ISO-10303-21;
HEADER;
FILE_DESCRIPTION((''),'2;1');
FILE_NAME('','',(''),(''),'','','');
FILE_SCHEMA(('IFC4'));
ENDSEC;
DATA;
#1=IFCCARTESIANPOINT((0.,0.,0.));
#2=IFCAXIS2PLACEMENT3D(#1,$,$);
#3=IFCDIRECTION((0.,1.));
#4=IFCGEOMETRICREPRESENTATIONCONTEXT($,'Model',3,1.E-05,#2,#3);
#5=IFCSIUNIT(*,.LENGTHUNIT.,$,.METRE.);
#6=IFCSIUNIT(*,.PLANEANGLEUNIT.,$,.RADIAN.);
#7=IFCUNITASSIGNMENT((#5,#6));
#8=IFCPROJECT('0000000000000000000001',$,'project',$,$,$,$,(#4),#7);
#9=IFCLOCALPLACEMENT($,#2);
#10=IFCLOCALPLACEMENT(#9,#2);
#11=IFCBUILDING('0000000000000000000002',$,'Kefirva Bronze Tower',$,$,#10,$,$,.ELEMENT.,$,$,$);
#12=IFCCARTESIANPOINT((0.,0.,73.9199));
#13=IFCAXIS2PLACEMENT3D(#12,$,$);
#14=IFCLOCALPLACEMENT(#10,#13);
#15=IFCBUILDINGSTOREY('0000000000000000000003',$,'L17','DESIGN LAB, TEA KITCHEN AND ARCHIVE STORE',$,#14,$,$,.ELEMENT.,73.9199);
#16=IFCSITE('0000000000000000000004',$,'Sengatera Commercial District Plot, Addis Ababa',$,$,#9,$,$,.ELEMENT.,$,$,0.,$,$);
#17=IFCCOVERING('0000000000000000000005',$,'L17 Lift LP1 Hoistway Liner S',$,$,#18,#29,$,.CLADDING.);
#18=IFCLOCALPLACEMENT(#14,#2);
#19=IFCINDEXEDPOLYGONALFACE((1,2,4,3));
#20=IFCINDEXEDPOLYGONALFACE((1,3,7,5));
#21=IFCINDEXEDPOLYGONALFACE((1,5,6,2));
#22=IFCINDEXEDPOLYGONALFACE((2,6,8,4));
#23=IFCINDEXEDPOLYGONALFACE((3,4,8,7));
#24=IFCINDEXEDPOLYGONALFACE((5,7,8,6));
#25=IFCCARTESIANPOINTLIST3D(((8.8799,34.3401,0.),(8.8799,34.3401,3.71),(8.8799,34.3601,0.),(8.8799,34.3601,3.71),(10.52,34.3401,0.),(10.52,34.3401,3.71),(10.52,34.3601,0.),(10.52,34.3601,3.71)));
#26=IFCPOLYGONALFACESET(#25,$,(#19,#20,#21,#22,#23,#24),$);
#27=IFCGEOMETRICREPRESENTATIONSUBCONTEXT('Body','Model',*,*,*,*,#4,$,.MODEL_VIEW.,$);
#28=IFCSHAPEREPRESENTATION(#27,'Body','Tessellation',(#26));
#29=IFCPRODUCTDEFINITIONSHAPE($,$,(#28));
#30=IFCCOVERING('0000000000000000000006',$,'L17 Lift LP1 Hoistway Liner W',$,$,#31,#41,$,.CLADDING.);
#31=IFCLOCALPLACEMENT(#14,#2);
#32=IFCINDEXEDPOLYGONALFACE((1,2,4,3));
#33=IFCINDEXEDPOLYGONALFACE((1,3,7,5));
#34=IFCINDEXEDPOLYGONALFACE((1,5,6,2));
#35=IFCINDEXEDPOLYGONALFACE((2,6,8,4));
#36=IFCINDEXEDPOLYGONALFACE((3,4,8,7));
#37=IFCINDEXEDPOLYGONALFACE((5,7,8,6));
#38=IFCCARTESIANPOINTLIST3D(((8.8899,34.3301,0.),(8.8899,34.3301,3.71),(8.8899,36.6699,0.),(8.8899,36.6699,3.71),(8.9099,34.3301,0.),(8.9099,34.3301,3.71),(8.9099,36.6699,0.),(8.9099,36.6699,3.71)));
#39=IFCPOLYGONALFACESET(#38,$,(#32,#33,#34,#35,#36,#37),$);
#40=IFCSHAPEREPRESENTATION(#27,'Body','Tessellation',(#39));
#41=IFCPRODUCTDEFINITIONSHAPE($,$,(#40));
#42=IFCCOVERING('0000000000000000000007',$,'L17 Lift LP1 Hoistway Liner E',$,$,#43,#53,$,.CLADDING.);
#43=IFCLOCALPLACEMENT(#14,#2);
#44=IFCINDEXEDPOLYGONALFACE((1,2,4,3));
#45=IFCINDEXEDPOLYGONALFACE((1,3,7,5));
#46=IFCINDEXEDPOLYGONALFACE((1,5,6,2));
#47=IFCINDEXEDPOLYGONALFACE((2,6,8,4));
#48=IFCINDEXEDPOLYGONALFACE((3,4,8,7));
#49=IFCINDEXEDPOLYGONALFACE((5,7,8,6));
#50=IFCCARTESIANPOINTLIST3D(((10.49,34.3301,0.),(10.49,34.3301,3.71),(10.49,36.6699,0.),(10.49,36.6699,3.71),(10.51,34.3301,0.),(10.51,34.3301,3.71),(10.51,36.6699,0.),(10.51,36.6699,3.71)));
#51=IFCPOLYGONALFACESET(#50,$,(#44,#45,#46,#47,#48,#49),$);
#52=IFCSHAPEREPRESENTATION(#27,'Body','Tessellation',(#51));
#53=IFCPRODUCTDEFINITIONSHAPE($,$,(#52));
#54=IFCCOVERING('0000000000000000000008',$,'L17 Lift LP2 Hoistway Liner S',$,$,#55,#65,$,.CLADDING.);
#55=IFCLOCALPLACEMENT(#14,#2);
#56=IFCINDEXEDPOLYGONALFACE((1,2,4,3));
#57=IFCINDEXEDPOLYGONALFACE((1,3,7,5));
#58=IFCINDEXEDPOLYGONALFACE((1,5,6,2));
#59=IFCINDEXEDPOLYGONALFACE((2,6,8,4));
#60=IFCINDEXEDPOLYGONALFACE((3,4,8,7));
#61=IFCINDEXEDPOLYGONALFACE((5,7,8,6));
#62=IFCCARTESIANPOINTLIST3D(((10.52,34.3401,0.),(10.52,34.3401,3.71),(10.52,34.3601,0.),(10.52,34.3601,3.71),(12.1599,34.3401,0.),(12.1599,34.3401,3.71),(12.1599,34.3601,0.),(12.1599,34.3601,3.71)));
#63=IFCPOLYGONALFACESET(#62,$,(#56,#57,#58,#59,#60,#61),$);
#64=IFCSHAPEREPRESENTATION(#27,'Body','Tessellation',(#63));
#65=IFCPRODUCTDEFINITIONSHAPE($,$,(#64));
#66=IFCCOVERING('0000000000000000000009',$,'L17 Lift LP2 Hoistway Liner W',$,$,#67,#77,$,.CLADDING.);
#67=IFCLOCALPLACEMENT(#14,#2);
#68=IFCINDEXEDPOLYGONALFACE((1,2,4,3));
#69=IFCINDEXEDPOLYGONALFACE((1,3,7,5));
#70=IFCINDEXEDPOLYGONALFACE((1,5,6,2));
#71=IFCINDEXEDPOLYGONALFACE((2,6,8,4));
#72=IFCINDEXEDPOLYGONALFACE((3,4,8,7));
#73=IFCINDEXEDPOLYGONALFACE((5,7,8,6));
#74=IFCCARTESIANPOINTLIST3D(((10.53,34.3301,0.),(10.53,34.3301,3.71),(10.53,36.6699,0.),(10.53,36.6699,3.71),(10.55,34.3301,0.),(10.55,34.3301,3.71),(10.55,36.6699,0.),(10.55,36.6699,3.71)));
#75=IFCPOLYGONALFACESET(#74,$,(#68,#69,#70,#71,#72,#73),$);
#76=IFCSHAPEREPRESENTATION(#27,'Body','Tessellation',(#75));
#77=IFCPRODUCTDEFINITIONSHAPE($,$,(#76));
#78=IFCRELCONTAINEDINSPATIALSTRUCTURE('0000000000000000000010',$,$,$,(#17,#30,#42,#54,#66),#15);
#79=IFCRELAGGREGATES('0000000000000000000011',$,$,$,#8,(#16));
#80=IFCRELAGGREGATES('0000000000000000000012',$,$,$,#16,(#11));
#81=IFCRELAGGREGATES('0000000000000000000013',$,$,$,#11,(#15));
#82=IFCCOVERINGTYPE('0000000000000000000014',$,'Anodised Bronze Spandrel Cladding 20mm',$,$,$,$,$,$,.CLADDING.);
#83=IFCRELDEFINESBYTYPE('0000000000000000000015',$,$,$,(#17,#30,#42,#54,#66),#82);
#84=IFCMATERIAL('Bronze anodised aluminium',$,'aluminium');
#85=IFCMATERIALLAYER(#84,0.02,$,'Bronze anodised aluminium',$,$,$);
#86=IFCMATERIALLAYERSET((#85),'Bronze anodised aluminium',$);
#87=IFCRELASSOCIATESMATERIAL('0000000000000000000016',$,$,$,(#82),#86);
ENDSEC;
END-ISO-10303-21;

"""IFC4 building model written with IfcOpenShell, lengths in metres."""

from ifc_helpers import new_model, si_unit, direction, frame, origin, place, context, subcontext, project, spatial, polyline, outline, extrude, material, layer, layer_set, type_object, element, save


model = new_model("IFC4")

# Units and contexts
model_context = context("Model", 3, precision=1e-05, world=origin(), true_north=direction((0.0, 1.0)))
body_context = subcontext(model_context, "Body", "Model", "MODEL_VIEW")
ifc_project = project(units=[si_unit("LENGTHUNIT", "METRE"), si_unit("PLANEANGLEUNIT", "RADIAN")], contexts=[model_context])

# Site, building, storey
site_placement = place(None, origin())
site = spatial("IfcSite", under=ifc_project, at=site_placement, Name="Sengatera Commercial District Plot, Addis Ababa", CompositionType="ELEMENT", RefElevation=0.0)
building_placement = place(site_placement, origin())
building = spatial("IfcBuilding", under=site, at=building_placement, Name="Kefirva Bronze Tower", CompositionType="ELEMENT")
storey_placement = place(building_placement, frame((0.0, 0.0, 73.9199)))
storey = spatial("IfcBuildingStorey", under=building, at=storey_placement, Name="L17", Description="DESIGN LAB, TEA KITCHEN AND ARCHIVE STORE", CompositionType="ELEMENT", Elevation=73.9199)

# Coverings
ifc_material_1 = material(Name="Bronze anodised aluminium", Category="aluminium")
ifc_layer_1 = layer(ifc_material_1, 0.02, Name="Bronze anodised aluminium")
ifc_layer_set_1 = layer_set([ifc_layer_1], Name="Bronze anodised aluminium")
covering_type = type_object("IfcCoveringType", Name="Anodised Bronze Spandrel Cladding 20mm", PredefinedType="CLADDING", material=ifc_layer_set_1)
covering_1_placement = place(storey_placement, origin())
element("IfcCovering", 1, at=covering_1_placement, inside=storey, type_object=covering_type, Name="L17 Lift LP1 Hoistway Liner S", PredefinedType="CLADDING", context=body_context, shape_type="SweptSolid", body=[
    extrude(outline(polyline([(8.8799, 34.3401), (10.52, 34.3401), (10.52, 34.3601), (8.8799, 34.3601), (8.8799, 34.3401)])), origin(), (0.0, 0.0, 1.0), 3.71),
])
covering_2_placement = place(storey_placement, origin())
element("IfcCovering", 2, at=covering_2_placement, inside=storey, type_object=covering_type, Name="L17 Lift LP1 Hoistway Liner W", PredefinedType="CLADDING", context=body_context, shape_type="SweptSolid", body=[
    extrude(outline(polyline([(8.8899, 34.3301), (8.9099, 34.3301), (8.9099, 36.6699), (8.8899, 36.6699), (8.8899, 34.3301)])), origin(), (0.0, 0.0, 1.0), 3.71),
])
covering_3_placement = place(storey_placement, origin())
element("IfcCovering", 3, at=covering_3_placement, inside=storey, type_object=covering_type, Name="L17 Lift LP1 Hoistway Liner E", PredefinedType="CLADDING", context=body_context, shape_type="SweptSolid", body=[
    extrude(outline(polyline([(10.49, 34.3301), (10.51, 34.3301), (10.51, 36.6699), (10.49, 36.6699), (10.49, 34.3301)])), origin(), (0.0, 0.0, 1.0), 3.71),
])
covering_4_placement = place(storey_placement, origin())
element("IfcCovering", 4, at=covering_4_placement, inside=storey, type_object=covering_type, Name="L17 Lift LP2 Hoistway Liner S", PredefinedType="CLADDING", context=body_context, shape_type="SweptSolid", body=[
    extrude(outline(polyline([(10.52, 34.3401), (12.1599, 34.3401), (12.1599, 34.3601), (10.52, 34.3601), (10.52, 34.3401)])), origin(), (0.0, 0.0, 1.0), 3.71),
])
covering_5_placement = place(storey_placement, origin())
element("IfcCovering", 5, at=covering_5_placement, inside=storey, type_object=covering_type, Name="L17 Lift LP2 Hoistway Liner W", PredefinedType="CLADDING", context=body_context, shape_type="SweptSolid", body=[
    extrude(outline(polyline([(10.53, 34.3301), (10.55, 34.3301), (10.55, 36.6699), (10.53, 36.6699), (10.53, 34.3301)])), origin(), (0.0, 0.0, 1.0), 3.71),
])

save(model, "model.ifc")
